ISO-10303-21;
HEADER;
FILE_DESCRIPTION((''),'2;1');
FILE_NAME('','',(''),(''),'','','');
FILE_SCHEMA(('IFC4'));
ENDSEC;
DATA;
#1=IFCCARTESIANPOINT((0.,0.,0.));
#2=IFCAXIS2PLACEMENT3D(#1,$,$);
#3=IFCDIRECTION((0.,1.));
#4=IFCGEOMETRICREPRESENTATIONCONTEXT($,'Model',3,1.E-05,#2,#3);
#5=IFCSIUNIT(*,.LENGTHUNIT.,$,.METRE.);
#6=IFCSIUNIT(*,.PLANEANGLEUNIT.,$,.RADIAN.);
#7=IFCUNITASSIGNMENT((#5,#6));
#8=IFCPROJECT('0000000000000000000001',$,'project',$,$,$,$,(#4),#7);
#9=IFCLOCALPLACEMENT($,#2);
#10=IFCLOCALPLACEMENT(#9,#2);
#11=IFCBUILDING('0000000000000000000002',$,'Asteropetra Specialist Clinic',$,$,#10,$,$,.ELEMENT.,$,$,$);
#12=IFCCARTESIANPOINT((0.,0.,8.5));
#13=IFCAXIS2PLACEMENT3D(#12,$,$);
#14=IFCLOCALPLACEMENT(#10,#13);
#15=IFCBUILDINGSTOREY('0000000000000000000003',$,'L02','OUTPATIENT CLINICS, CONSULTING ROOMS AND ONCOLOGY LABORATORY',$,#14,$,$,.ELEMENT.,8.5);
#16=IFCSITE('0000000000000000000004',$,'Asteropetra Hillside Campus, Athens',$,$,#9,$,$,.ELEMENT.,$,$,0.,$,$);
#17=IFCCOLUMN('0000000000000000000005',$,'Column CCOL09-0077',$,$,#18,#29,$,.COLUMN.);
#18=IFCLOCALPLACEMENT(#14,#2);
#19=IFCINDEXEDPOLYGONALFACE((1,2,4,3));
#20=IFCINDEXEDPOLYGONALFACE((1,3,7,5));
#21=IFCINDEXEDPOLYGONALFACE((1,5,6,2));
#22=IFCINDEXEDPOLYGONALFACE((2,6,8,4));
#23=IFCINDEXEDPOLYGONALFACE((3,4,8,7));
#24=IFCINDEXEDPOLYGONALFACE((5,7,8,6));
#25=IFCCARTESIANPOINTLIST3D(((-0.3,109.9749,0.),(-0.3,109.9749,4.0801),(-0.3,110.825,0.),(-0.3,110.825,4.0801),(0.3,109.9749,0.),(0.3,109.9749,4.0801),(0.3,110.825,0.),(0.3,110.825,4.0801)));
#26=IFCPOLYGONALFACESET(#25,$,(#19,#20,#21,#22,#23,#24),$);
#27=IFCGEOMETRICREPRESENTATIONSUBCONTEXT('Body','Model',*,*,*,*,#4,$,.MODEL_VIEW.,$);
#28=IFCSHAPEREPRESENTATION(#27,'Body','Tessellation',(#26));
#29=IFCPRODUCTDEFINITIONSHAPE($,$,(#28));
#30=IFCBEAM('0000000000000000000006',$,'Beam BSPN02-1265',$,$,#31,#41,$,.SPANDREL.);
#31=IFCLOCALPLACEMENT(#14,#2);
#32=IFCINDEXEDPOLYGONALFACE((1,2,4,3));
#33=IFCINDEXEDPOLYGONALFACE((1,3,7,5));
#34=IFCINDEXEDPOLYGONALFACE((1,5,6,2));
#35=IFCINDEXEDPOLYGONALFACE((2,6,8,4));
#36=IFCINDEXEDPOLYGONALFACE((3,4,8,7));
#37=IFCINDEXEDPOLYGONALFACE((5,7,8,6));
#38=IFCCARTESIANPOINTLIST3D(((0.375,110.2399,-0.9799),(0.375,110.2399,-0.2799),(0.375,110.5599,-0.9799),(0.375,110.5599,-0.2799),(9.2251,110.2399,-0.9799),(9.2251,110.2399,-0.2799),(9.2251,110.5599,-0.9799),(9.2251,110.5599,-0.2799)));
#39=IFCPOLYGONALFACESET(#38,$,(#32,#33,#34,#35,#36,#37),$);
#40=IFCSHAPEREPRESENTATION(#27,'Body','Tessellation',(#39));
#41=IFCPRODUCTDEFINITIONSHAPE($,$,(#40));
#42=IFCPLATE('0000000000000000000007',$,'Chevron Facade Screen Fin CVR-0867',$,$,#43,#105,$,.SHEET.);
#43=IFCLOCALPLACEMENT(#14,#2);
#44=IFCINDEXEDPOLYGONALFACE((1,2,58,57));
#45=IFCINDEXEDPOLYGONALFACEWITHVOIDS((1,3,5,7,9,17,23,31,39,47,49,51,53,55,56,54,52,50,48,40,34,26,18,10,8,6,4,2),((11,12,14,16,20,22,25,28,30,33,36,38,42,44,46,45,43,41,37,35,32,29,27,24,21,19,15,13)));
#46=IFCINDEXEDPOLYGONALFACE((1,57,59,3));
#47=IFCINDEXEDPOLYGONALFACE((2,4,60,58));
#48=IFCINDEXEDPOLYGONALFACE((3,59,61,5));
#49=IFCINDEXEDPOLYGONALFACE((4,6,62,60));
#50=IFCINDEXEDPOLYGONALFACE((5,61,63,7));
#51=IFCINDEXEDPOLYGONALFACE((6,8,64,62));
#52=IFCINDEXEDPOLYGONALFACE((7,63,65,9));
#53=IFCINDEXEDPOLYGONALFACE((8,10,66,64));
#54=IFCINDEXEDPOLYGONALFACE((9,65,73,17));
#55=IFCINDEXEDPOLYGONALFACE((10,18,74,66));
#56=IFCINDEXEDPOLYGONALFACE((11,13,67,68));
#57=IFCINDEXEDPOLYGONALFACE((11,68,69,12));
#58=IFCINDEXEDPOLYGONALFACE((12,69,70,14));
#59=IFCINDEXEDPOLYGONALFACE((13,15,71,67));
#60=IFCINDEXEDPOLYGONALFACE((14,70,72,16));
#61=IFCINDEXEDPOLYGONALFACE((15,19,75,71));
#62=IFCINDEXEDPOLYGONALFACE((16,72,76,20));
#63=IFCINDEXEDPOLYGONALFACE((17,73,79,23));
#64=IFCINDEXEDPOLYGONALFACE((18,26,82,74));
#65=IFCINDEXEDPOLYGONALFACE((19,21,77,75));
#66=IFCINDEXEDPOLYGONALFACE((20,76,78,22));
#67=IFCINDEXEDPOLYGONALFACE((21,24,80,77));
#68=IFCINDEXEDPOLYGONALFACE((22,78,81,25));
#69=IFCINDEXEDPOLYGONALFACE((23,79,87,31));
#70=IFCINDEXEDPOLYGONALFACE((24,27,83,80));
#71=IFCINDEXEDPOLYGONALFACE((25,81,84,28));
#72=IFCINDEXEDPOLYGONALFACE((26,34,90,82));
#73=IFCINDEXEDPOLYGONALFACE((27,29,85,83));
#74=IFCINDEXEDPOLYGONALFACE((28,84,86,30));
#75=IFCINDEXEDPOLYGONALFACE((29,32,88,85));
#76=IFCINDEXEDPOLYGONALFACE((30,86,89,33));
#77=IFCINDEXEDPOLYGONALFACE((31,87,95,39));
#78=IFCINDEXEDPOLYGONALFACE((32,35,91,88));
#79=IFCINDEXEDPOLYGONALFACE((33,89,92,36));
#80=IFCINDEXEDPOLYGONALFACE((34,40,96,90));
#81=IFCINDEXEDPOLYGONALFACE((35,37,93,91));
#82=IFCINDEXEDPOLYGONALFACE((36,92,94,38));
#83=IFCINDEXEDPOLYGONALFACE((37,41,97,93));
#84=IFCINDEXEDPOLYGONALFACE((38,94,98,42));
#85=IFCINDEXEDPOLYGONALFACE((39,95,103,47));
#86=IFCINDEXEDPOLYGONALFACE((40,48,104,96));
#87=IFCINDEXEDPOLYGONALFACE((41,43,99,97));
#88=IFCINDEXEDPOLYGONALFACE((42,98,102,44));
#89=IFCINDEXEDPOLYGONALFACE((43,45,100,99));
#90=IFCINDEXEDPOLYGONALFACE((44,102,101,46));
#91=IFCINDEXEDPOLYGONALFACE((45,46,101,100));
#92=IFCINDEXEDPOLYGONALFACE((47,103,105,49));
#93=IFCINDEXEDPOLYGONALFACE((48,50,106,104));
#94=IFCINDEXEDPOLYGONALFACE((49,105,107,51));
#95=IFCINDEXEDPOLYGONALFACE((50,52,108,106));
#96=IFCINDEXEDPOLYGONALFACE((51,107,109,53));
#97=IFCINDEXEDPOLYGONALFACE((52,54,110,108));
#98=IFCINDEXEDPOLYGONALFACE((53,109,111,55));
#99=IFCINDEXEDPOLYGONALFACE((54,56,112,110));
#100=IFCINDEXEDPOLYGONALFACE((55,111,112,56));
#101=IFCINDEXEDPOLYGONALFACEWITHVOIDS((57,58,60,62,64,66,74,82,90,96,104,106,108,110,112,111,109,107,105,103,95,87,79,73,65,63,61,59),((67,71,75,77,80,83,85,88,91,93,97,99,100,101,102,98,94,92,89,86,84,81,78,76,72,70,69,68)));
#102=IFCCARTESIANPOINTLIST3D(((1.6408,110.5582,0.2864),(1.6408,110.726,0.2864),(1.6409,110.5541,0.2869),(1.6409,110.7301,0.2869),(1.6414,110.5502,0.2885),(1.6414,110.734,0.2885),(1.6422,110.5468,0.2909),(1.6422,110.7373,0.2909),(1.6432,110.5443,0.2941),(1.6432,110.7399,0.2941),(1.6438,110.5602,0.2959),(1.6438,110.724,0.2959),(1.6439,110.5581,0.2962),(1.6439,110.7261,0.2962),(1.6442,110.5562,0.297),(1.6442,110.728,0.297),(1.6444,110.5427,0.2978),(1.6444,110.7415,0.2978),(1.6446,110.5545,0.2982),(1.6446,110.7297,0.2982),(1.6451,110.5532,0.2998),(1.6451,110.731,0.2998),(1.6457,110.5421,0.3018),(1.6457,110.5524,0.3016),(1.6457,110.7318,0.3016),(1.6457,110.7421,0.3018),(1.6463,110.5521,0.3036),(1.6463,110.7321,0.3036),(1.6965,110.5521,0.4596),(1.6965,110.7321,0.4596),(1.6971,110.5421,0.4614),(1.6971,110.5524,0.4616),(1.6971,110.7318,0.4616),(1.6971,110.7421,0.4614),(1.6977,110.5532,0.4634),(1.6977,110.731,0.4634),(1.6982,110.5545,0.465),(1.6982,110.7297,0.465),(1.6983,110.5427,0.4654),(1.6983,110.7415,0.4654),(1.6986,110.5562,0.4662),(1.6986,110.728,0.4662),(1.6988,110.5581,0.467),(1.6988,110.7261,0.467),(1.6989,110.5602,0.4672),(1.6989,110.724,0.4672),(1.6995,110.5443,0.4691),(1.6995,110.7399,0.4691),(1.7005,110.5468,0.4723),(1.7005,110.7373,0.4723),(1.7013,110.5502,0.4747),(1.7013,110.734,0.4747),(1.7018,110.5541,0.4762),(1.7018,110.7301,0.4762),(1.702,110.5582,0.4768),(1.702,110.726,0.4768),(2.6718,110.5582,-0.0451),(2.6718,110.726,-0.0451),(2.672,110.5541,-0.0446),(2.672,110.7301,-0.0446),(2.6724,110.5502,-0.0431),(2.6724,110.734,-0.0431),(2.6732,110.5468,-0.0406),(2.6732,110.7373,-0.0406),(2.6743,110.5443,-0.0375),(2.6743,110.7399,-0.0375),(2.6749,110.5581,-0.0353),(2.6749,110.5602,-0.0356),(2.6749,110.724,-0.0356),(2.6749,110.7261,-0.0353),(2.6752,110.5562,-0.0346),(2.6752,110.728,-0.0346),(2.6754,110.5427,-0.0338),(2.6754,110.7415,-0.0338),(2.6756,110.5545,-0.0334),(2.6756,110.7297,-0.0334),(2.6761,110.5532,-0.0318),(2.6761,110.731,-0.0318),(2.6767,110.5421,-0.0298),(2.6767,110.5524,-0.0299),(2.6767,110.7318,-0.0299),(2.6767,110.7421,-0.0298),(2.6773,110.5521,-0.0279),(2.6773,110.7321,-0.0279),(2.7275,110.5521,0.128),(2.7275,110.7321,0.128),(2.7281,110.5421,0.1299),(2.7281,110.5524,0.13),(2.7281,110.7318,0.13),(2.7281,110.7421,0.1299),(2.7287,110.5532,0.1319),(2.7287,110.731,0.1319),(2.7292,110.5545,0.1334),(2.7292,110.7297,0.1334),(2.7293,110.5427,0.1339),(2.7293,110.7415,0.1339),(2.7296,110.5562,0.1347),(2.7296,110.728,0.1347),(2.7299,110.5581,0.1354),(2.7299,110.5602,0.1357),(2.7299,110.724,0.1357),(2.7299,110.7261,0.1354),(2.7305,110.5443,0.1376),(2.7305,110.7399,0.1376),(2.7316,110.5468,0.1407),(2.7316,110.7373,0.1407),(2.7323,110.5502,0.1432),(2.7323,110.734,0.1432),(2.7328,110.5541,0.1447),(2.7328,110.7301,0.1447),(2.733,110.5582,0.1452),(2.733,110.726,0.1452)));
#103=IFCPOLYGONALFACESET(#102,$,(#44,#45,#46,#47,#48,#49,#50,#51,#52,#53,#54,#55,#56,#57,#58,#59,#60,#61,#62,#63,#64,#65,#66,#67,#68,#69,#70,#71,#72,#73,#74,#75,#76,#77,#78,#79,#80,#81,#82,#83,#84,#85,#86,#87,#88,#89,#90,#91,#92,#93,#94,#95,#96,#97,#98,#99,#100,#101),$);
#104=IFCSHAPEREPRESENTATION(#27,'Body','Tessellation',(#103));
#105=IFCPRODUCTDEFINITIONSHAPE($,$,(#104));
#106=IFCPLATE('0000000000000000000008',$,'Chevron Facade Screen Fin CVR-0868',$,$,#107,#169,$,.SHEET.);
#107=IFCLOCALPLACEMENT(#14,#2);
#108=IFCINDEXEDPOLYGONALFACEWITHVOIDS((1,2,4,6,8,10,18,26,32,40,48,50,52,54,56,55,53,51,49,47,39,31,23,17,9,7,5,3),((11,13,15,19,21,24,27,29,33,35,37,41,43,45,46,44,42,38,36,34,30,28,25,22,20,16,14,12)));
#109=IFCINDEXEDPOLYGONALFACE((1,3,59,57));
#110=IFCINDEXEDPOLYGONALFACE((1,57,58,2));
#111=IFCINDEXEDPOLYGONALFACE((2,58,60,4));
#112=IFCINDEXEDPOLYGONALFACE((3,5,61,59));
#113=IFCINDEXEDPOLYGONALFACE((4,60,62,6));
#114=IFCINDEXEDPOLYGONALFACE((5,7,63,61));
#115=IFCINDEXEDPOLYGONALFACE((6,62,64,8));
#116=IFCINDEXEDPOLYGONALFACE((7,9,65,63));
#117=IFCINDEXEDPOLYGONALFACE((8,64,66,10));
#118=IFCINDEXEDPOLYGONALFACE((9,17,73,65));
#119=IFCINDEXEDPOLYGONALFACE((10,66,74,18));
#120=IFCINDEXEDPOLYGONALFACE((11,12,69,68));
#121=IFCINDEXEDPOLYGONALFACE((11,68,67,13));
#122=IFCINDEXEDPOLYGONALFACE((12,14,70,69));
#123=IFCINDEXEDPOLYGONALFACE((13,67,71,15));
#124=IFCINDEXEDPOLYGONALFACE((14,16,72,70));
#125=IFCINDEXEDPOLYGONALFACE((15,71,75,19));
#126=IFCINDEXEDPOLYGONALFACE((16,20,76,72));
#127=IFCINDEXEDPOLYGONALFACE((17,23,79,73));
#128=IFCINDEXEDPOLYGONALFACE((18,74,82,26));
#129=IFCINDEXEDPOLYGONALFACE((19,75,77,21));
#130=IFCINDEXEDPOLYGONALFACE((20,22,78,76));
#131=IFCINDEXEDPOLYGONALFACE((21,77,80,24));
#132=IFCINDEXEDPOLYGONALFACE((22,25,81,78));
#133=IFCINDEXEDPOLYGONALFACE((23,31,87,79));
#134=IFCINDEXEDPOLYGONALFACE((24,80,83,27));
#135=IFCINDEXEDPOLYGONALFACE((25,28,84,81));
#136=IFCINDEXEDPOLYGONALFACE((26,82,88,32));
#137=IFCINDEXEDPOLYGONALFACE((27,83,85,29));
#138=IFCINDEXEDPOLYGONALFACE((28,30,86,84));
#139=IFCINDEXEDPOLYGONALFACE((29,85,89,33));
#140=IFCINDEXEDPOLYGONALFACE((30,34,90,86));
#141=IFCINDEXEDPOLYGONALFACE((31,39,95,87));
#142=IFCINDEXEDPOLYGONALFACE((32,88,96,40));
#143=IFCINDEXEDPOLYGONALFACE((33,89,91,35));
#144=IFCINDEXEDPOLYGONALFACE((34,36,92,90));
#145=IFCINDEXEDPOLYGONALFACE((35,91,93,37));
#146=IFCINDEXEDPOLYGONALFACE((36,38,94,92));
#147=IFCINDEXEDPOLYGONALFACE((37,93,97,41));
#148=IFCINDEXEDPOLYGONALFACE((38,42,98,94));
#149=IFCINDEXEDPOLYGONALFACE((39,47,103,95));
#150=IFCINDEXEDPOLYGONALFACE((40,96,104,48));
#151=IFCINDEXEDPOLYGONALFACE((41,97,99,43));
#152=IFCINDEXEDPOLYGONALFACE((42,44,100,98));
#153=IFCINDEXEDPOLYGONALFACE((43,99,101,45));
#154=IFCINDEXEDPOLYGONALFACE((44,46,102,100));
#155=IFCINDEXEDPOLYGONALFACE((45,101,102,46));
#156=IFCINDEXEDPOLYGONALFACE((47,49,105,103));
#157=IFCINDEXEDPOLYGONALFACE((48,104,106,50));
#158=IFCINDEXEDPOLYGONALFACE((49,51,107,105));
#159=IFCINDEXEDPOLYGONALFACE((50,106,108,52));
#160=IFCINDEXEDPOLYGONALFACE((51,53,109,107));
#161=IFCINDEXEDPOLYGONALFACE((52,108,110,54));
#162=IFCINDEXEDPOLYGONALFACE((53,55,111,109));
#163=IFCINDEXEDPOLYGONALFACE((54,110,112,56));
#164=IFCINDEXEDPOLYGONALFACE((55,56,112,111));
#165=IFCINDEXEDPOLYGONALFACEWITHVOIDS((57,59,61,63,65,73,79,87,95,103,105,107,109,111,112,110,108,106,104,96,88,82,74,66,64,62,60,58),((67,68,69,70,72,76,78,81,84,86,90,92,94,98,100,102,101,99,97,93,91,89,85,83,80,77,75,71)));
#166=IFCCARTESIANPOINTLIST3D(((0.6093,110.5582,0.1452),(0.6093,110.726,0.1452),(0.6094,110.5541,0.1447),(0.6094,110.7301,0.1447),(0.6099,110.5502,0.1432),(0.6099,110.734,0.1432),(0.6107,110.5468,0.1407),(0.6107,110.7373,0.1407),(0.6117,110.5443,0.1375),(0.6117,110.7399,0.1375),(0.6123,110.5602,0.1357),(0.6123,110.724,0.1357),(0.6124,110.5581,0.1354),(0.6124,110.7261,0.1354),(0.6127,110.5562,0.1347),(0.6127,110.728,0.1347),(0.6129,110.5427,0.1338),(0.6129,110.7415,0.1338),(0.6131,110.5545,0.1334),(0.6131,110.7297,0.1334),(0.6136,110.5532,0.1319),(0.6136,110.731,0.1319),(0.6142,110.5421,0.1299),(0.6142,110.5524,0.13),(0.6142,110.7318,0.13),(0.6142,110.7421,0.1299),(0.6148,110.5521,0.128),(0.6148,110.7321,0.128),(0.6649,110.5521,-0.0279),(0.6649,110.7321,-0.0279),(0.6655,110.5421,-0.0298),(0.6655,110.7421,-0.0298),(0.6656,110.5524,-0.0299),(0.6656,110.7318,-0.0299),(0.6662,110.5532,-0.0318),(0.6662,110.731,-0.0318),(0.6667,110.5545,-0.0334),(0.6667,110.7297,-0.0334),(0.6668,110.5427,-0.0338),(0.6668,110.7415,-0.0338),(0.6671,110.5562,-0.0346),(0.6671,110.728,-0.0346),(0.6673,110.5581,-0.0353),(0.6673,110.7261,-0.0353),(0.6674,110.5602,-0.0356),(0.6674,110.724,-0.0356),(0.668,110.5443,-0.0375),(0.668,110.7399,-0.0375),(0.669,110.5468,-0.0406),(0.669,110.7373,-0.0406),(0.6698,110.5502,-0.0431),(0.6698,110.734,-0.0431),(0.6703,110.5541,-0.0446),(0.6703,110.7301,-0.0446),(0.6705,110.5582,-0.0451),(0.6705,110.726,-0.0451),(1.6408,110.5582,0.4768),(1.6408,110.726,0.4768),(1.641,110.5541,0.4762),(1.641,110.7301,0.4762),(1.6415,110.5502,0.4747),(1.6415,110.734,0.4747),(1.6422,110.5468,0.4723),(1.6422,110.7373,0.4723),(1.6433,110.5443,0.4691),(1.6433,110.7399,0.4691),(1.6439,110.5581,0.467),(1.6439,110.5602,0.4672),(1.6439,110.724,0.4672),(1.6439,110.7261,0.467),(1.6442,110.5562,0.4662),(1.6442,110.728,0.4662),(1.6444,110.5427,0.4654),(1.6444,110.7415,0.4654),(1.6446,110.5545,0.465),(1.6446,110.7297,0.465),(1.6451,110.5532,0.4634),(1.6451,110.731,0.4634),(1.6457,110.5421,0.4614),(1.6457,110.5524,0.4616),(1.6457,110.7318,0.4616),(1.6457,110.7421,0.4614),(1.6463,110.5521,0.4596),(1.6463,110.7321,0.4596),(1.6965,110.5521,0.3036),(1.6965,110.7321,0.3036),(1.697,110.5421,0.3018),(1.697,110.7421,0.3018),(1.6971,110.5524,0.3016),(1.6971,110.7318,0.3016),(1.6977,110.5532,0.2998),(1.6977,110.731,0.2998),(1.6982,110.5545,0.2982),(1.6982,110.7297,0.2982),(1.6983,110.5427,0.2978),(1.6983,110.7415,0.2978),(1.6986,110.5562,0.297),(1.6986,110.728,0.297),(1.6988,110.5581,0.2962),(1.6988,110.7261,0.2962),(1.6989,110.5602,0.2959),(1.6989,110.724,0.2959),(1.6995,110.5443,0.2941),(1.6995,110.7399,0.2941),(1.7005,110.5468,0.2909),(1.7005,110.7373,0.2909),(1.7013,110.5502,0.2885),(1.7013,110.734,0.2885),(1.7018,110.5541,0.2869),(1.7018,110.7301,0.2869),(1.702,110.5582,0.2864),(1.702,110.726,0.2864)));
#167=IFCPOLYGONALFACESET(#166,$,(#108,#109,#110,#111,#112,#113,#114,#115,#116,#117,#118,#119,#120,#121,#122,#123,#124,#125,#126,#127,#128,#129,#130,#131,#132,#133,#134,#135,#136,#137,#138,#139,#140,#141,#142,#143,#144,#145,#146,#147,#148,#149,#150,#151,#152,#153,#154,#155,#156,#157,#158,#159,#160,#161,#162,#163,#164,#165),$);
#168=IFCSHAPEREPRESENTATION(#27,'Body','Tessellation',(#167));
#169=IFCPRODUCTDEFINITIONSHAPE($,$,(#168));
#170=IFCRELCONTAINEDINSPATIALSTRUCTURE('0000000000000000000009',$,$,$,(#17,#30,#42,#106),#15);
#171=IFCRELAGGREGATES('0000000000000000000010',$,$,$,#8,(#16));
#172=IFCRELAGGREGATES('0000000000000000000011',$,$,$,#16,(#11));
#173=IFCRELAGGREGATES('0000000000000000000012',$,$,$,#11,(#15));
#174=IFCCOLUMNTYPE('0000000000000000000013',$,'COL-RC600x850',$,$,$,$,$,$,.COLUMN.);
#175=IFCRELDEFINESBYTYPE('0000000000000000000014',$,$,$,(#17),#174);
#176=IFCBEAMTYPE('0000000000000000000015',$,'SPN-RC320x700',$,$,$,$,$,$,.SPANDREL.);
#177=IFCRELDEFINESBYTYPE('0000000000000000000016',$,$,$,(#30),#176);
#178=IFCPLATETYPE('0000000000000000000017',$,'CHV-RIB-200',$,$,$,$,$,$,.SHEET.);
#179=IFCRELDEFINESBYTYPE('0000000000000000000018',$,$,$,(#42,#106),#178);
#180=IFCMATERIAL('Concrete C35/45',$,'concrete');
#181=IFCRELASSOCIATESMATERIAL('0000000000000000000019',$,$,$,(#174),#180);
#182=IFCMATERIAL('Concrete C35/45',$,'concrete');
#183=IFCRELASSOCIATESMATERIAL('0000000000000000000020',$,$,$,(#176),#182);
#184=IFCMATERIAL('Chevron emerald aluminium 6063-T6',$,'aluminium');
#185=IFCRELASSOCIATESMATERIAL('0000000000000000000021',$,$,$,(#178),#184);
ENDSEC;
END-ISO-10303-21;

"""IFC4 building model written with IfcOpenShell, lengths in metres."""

from ifc_helpers import new_model, si_unit, direction, frame, origin, origin_2d, place, context, subcontext, project, spatial, rectangle, hollow_rectangle, extrude, material, material_profile, profile_set, type_object, element, save


model = new_model("IFC4")

# Units and contexts
model_context = context("Model", 3, precision=1e-05, world=origin(), true_north=direction((0.0, 1.0)))
body_context = subcontext(model_context, "Body", "Model", "MODEL_VIEW")
ifc_project = project(units=[si_unit("LENGTHUNIT", "METRE"), si_unit("PLANEANGLEUNIT", "RADIAN")], contexts=[model_context])

# Site, building, storey
site_placement = place(None, origin())
site = spatial("IfcSite", under=ifc_project, at=site_placement, Name="Asteropetra Hillside Campus, Athens", CompositionType="ELEMENT", RefElevation=0.0)
building_placement = place(site_placement, origin())
building = spatial("IfcBuilding", under=site, at=building_placement, Name="Asteropetra Specialist Clinic", CompositionType="ELEMENT")
storey_placement = place(building_placement, frame((0.0, 0.0, 8.5)))
storey = spatial("IfcBuildingStorey", under=building, at=storey_placement, Name="L02", Description="OUTPATIENT CLINICS, CONSULTING ROOMS AND ONCOLOGY LABORATORY", CompositionType="ELEMENT", Elevation=8.5)

# Column
ifc_material_1 = material(Name="Concrete C35/45", Category="concrete")
ifc_material_profile_1 = material_profile(ifc_material_1, rectangle(XDim=0.6001, YDim=0.8501, at=origin_2d()), Name="RC 600x850")
ifc_profile_set_1 = profile_set([ifc_material_profile_1], Name="Concrete C35/45")
column_type = type_object("IfcColumnType", Name="COL-RC600x850", PredefinedType="COLUMN", material=ifc_profile_set_1)
column_placement = place(storey_placement, frame((0.0, 110.3999, 0.0), z_axis=(0.0, 0.0, 1.0), x_axis=(1.0, 0.0, 0.0)))
element("IfcColumn", 1, at=column_placement, inside=storey, type_object=column_type, Name="Column CCOL09-0077", PredefinedType="COLUMN", context=body_context, shape_type="SweptSolid", body=[
    extrude(rectangle(XDim=0.6001, YDim=0.8501, at=origin_2d()), origin(), (0.0, 0.0, 1.0), 4.0801),
])

# Beam
ifc_material_2 = material(Name="Concrete C35/45", Category="concrete")
ifc_material_profile_2 = material_profile(ifc_material_2, rectangle(XDim=0.3201, YDim=0.7, at=origin_2d()), Name="RCS 320x700")
ifc_profile_set_2 = profile_set([ifc_material_profile_2], Name="Concrete C35/45")
beam_type = type_object("IfcBeamType", Name="SPN-RC320x700", PredefinedType="SPANDREL", material=ifc_profile_set_2)
beam_placement = place(storey_placement, frame((0.375, 110.3999, -0.6299), z_axis=(1.0, 0.0, 0.0), x_axis=(0.0, 1.0, 0.0)))
element("IfcBeam", 2, at=beam_placement, inside=storey, type_object=beam_type, Name="Beam BSPN02-1265", PredefinedType="SPANDREL", context=body_context, shape_type="SweptSolid", body=[
    extrude(rectangle(XDim=0.3201, YDim=0.7, at=origin_2d()), origin(), (0.0, 0.0, 1.0), 8.8501),
])

# Plates
ifc_material_3 = material(Name="Chevron emerald aluminium 6063-T6", Category="aluminium")
ifc_material_profile_3 = material_profile(ifc_material_3, hollow_rectangle(XDim=0.2, YDim=0.2, WallThickness=0.01, InnerFilletRadius=0.0081, OuterFilletRadius=0.0161, at=origin_2d()), Name="SHS 200x200x10.0")
ifc_profile_set_3 = profile_set([ifc_material_profile_3], Name="Chevron emerald aluminium 6063-T6")
plate_type_1 = type_object("IfcPlateType", Name="CHV-RIB-200", PredefinedType="SHEET", material=ifc_profile_set_3)
plate_1_placement = place(storey_placement, frame((2.7024, 110.6421, 0.05), z_axis=(-0.951989, 0.0, 0.306133), x_axis=(0.0, -1.0, 0.0)))
element("IfcPlate", 3, at=plate_1_placement, inside=storey, type_object=plate_type_1, Name="Chevron Facade Screen Fin CVR-0867", PredefinedType="SHEET", context=body_context, shape_type="SweptSolid", body=[
    extrude(hollow_rectangle(XDim=0.2, YDim=0.2, WallThickness=0.01, InnerFilletRadius=0.0081, OuterFilletRadius=0.0161, at=origin_2d()), origin(), (0.0, 0.0, 1.0), 1.083),
])
plate_2_placement = place(storey_placement, frame((1.6714, 110.6421, 0.3816), z_axis=(-0.952031, 0.0, -0.306002), x_axis=(0.0, -1.0, 0.0)))
element("IfcPlate", 4, at=plate_2_placement, inside=storey, type_object=plate_type_1, Name="Chevron Facade Screen Fin CVR-0868", PredefinedType="SHEET", context=body_context, shape_type="SweptSolid", body=[
    extrude(hollow_rectangle(XDim=0.2, YDim=0.2, WallThickness=0.01, InnerFilletRadius=0.0081, OuterFilletRadius=0.0161, at=origin_2d()), origin(), (0.0, 0.0, 1.0), 1.0835),
])

save(model, "model.ifc")
